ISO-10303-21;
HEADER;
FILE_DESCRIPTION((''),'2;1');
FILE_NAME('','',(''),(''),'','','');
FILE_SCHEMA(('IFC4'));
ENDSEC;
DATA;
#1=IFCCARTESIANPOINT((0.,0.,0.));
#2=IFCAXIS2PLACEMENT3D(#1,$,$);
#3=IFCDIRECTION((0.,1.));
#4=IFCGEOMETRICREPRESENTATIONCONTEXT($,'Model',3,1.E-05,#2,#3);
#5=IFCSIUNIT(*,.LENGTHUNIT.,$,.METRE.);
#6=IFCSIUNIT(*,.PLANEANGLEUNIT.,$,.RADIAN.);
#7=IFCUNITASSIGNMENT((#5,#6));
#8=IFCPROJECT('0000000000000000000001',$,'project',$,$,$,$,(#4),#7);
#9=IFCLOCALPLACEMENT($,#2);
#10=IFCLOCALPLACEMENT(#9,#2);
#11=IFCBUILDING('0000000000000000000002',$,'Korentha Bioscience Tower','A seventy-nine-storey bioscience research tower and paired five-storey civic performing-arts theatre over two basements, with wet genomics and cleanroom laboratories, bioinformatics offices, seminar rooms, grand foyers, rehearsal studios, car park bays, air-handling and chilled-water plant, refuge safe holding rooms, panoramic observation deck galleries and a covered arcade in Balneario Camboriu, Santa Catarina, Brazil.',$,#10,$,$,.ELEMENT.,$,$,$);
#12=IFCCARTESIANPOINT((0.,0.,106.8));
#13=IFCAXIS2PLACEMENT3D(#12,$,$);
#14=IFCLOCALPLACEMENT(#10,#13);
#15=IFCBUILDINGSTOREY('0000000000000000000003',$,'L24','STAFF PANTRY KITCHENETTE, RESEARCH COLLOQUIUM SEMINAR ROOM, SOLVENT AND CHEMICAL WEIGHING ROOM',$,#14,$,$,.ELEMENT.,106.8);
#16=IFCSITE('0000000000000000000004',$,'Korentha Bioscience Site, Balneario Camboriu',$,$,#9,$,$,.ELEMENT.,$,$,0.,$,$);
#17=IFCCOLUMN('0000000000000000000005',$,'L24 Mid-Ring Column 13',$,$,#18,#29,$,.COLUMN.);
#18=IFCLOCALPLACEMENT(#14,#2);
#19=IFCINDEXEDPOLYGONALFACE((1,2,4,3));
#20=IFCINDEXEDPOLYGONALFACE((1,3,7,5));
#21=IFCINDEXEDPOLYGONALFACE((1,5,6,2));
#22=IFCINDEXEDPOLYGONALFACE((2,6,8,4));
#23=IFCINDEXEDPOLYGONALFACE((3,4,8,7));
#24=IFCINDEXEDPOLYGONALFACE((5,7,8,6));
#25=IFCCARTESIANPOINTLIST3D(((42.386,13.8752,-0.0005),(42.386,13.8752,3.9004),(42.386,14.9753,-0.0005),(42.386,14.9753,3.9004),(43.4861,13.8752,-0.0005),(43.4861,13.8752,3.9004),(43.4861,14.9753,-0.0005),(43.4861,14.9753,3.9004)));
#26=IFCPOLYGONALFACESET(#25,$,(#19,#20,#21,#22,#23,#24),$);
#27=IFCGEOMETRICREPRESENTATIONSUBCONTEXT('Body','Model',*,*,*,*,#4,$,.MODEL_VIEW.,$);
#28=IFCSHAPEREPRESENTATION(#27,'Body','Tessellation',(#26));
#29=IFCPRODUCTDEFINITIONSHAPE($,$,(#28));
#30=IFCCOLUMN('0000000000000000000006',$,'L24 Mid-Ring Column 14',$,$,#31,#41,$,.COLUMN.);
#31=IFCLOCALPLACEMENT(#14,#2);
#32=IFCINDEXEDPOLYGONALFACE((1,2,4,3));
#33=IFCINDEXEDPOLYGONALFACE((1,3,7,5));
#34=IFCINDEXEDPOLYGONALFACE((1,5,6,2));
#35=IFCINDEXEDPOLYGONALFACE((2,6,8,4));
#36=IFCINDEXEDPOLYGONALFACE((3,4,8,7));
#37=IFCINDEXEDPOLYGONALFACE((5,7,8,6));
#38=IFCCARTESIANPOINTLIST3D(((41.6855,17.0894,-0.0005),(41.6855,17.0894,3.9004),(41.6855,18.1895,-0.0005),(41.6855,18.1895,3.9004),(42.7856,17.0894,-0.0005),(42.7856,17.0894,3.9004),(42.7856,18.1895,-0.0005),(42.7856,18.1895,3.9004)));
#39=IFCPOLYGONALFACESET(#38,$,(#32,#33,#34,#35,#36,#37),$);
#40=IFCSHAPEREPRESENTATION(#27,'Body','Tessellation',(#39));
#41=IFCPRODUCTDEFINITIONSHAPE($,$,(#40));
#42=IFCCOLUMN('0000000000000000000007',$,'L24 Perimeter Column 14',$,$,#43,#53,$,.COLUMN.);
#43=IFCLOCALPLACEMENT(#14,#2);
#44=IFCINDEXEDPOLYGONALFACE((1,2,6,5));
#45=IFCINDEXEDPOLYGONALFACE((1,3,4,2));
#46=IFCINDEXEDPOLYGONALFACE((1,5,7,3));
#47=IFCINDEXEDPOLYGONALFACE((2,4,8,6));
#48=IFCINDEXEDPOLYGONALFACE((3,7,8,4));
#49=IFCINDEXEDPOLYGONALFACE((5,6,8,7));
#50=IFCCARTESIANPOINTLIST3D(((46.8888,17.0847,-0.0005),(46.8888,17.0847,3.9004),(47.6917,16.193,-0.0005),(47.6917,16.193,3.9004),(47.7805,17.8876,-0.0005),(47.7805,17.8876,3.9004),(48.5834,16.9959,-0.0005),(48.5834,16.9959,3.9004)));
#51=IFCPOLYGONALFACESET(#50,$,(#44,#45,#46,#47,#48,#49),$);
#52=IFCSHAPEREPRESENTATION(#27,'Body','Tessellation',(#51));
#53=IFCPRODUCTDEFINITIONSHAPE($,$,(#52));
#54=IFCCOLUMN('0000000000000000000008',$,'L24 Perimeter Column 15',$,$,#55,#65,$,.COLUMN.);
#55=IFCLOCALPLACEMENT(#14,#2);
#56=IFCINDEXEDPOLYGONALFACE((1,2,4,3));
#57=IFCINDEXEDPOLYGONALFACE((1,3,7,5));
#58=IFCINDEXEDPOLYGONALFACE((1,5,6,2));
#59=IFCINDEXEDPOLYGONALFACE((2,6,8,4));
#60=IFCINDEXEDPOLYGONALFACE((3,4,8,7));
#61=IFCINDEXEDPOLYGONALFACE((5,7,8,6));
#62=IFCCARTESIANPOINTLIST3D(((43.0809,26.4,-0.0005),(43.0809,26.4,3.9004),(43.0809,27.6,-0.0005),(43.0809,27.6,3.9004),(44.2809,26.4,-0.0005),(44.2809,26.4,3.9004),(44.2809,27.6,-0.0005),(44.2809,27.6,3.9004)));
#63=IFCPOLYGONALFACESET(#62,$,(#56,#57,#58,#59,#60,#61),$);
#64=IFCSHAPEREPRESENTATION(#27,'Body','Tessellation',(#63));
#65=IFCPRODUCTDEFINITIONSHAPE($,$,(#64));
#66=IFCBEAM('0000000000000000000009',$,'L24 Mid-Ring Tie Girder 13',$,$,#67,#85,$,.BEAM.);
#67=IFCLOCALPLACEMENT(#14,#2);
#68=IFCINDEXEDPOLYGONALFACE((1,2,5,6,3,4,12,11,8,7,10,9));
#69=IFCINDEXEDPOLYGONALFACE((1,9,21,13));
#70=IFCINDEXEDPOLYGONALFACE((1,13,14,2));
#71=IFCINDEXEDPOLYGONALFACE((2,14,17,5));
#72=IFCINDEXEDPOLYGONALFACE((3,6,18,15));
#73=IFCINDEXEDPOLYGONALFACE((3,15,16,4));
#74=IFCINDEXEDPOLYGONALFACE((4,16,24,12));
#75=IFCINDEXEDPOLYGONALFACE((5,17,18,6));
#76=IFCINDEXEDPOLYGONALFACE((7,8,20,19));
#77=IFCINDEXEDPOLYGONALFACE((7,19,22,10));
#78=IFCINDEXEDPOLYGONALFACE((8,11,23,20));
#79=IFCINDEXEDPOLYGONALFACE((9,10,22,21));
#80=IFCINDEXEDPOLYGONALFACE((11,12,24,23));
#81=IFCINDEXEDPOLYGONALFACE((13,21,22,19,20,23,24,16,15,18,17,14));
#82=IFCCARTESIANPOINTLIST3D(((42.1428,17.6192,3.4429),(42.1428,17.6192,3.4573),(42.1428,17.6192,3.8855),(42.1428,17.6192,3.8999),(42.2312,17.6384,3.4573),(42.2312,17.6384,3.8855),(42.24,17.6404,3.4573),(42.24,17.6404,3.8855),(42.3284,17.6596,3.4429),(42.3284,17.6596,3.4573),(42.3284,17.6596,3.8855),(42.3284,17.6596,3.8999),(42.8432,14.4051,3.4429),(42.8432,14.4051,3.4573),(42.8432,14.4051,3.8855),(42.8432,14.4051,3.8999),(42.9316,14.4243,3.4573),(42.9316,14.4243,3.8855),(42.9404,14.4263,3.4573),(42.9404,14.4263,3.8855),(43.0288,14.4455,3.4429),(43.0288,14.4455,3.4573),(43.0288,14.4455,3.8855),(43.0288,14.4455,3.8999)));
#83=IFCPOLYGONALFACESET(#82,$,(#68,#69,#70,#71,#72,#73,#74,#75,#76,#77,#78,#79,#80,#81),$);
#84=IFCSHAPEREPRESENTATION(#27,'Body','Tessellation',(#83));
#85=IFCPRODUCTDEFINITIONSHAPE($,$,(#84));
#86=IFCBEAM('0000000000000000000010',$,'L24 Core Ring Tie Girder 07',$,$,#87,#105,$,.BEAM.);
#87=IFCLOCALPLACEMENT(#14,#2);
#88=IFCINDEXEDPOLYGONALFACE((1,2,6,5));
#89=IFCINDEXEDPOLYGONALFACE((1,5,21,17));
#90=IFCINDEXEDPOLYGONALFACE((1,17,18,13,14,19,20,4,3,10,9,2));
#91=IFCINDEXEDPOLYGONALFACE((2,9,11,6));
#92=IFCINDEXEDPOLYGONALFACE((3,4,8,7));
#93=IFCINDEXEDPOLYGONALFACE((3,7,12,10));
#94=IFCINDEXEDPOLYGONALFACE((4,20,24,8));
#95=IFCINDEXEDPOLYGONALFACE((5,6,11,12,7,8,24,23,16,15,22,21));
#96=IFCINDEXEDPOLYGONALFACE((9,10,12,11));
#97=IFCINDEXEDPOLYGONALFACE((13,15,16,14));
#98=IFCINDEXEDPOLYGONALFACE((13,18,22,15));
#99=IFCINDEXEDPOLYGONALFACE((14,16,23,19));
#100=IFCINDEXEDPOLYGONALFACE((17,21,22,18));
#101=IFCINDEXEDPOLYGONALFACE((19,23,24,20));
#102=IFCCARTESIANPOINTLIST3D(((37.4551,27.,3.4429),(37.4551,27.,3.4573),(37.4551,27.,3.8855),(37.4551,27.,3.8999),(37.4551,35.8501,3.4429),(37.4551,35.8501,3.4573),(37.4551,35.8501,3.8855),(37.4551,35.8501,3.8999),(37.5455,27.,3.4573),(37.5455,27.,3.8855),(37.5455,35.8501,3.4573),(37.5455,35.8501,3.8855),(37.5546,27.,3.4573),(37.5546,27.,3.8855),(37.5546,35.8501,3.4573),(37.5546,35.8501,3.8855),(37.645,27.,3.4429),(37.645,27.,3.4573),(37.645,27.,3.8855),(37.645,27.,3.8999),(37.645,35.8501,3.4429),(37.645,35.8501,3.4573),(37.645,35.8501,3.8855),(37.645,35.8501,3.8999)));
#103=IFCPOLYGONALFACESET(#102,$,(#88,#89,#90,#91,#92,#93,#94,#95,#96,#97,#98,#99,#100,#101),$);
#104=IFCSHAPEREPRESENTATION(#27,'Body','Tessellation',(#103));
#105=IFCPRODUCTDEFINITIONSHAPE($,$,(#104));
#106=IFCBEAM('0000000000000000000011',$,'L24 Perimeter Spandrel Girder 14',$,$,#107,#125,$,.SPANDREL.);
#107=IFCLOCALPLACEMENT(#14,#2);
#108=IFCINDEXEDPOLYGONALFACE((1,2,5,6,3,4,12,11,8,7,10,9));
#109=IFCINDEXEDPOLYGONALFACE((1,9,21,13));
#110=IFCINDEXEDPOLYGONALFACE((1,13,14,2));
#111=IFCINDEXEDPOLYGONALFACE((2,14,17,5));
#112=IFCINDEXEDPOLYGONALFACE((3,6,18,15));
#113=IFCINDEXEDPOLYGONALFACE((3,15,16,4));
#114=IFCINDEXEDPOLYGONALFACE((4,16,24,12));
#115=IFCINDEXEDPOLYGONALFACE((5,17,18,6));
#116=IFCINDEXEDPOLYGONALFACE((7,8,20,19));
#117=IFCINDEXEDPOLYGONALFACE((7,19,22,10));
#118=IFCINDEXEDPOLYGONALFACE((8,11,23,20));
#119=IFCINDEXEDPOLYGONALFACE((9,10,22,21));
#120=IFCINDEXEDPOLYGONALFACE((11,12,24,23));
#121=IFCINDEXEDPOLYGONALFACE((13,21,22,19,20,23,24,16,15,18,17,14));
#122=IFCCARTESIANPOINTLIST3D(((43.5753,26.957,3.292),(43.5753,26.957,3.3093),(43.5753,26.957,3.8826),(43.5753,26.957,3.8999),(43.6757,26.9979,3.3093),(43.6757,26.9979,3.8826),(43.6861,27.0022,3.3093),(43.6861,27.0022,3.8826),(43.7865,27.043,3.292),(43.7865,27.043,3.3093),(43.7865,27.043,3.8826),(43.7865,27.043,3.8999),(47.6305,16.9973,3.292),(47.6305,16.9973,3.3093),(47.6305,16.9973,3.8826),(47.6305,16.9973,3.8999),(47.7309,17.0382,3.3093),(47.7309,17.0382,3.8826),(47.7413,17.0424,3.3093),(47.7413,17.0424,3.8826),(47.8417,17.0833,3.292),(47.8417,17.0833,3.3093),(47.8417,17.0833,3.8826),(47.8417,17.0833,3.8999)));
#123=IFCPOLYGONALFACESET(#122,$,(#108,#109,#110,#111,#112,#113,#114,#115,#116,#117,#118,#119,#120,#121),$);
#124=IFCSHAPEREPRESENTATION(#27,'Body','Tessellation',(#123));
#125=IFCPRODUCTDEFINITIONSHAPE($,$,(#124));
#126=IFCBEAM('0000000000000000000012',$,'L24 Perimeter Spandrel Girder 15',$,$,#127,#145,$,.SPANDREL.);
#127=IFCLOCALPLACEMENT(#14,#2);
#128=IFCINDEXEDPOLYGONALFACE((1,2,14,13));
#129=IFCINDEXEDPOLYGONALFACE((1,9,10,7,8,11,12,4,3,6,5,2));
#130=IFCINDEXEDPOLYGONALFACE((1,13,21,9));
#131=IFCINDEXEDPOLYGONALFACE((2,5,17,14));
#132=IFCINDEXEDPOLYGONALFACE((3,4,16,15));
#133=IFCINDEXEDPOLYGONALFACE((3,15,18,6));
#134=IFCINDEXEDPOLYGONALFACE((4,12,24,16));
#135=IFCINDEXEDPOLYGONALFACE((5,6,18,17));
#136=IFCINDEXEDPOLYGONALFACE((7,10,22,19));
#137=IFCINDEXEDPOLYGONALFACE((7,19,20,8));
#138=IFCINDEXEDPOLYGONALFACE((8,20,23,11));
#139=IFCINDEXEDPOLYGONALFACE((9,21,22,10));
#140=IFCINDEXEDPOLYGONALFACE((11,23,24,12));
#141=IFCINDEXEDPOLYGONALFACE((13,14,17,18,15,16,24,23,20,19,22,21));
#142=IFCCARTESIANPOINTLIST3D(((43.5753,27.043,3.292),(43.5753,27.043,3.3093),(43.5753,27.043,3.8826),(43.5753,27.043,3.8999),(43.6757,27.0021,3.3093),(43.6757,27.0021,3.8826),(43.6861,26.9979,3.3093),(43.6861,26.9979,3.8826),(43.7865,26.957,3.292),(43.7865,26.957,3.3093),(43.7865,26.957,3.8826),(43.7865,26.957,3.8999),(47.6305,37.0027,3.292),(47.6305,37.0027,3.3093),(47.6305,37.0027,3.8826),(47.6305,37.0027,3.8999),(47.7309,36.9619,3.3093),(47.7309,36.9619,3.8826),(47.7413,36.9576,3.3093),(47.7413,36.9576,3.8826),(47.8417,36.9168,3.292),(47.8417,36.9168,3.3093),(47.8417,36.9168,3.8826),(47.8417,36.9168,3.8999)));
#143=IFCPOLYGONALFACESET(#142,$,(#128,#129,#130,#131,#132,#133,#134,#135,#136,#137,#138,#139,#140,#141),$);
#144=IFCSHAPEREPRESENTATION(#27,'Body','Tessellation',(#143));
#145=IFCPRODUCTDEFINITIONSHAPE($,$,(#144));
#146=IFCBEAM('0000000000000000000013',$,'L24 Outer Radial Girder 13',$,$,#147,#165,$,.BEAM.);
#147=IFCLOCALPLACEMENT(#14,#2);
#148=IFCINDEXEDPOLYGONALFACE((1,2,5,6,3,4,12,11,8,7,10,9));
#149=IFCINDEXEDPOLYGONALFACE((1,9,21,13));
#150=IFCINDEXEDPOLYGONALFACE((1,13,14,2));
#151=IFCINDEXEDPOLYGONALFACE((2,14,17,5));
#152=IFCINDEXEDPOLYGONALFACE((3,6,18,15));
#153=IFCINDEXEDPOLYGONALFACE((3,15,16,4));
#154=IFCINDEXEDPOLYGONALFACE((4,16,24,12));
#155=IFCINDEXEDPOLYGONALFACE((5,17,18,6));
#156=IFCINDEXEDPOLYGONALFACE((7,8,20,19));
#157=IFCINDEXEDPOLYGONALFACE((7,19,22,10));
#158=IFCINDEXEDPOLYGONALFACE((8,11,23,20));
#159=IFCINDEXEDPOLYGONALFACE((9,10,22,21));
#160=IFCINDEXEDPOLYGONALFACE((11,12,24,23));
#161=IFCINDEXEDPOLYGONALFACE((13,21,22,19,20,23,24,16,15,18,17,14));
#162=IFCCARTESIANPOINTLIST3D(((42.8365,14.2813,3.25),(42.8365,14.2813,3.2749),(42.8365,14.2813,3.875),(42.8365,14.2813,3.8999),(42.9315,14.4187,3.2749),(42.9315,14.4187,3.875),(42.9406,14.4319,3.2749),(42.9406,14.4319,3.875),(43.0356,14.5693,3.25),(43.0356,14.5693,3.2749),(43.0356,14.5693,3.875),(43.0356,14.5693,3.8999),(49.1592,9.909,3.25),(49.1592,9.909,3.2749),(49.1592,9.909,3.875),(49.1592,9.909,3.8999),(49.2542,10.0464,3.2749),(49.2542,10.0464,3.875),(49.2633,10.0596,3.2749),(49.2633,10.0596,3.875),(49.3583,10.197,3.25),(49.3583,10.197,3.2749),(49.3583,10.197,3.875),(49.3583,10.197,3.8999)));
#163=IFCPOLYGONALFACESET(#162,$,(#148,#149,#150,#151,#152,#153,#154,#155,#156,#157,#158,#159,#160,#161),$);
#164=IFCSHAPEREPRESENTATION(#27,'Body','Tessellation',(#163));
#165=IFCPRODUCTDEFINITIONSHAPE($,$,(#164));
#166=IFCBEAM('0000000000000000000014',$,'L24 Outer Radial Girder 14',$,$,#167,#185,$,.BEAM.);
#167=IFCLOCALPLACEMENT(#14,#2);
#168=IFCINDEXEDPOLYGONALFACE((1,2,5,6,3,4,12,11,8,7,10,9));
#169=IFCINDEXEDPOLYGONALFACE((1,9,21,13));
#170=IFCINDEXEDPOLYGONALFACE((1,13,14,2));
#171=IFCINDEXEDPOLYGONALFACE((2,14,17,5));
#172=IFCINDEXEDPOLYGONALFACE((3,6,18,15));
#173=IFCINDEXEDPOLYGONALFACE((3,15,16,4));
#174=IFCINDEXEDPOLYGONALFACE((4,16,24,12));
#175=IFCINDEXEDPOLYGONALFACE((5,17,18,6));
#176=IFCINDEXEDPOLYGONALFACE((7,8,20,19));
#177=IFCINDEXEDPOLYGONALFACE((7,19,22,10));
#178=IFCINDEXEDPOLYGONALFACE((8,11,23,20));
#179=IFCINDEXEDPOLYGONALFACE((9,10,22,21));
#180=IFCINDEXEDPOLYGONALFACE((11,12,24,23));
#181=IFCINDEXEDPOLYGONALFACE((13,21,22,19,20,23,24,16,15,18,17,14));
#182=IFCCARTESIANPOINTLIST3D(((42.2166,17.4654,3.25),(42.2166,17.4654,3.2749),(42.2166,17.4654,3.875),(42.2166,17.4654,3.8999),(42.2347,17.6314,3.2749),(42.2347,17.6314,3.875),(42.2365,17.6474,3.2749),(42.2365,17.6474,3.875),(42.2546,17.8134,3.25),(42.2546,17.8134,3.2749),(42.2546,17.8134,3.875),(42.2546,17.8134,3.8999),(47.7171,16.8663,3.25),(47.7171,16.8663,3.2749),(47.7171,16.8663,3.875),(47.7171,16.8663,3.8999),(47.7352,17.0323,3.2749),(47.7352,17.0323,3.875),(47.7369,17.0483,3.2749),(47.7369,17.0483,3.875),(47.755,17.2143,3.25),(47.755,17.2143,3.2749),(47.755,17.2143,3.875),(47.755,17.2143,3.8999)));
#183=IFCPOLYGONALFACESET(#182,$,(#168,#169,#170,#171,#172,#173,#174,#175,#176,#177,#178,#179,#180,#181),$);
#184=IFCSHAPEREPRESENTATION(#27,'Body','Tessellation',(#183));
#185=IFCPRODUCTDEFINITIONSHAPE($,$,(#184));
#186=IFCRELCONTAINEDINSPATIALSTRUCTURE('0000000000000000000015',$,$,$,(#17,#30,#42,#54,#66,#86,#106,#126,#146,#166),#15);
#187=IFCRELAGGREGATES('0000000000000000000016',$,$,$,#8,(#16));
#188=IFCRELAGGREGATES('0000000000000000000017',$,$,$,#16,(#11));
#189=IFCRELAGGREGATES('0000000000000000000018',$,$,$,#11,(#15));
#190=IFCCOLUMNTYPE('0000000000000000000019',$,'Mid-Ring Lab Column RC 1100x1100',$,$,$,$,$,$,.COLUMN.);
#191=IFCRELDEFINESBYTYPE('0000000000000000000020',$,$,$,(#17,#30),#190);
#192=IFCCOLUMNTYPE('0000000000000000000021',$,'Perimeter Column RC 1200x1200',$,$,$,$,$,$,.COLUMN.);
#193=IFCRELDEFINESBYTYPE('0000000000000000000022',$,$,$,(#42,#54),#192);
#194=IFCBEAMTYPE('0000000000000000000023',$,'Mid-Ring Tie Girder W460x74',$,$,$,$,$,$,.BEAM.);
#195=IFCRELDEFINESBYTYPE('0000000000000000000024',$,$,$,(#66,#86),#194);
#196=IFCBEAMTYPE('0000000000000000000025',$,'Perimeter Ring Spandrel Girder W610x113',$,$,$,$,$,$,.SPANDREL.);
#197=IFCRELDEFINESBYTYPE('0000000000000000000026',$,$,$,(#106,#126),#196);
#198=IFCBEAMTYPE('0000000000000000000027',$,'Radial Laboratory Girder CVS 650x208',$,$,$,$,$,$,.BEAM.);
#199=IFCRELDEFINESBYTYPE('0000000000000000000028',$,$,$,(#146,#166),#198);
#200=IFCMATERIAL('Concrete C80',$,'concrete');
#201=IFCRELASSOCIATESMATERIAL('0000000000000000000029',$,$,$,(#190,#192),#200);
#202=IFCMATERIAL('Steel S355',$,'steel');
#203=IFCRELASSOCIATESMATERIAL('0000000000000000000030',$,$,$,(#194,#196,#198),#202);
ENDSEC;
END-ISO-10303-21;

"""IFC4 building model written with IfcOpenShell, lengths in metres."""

from ifc_helpers import new_model, si_unit, direction, frame, origin, origin_2d, place, context, subcontext, project, spatial, rectangle, i_section, extrude, material, material_profile, profile_set, type_object, element, save


model = new_model("IFC4")

# Units and contexts
model_context = context("Model", 3, precision=1e-05, world=origin(), true_north=direction((0.0, 1.0)))
body_context = subcontext(model_context, "Body", "Model", "MODEL_VIEW")
ifc_project = project(units=[si_unit("LENGTHUNIT", "METRE"), si_unit("PLANEANGLEUNIT", "RADIAN")], contexts=[model_context])

# Site, building, storey
site_placement = place(None, origin())
site = spatial("IfcSite", under=ifc_project, at=site_placement, Name="Korentha Bioscience Site, Balneario Camboriu", CompositionType="ELEMENT", RefElevation=0.0)
building_placement = place(site_placement, origin())
building = spatial("IfcBuilding", under=site, at=building_placement, Name="Korentha Bioscience Tower", Description="A seventy-nine-storey bioscience research tower and paired five-storey civic performing-arts theatre over two basements, with wet genomics and cleanroom laboratories, bioinformatics offices, seminar rooms, grand foyers, rehearsal studios, car park bays, air-handling and chilled-water plant, refuge safe holding rooms, panoramic observation deck galleries and a covered arcade in Balneario Camboriu, Santa Catarina, Brazil.", CompositionType="ELEMENT")
storey_placement = place(building_placement, frame((0.0, 0.0, 106.8)))
storey = spatial("IfcBuildingStorey", under=building, at=storey_placement, Name="L24", Description="STAFF PANTRY KITCHENETTE, RESEARCH COLLOQUIUM SEMINAR ROOM, SOLVENT AND CHEMICAL WEIGHING ROOM", CompositionType="ELEMENT", Elevation=106.8)

# Columns
ifc_material_1 = material(Name="Concrete C80", Category="concrete")
ifc_material_profile_1 = material_profile(ifc_material_1, rectangle(XDim=1.1001, YDim=1.1001, at=origin_2d()), Name="Concrete C80")
ifc_profile_set_1 = profile_set([ifc_material_profile_1], Name="Concrete C80 (COL-MR11)")
column_type_1 = type_object("IfcColumnType", Name="Mid-Ring Lab Column RC 1100x1100", PredefinedType="COLUMN", material=ifc_profile_set_1)
for number, where, z_axis, x_axis, name in (
    (1, (42.936, 14.4253, -0.0005), (0.0, 0.0, 1.0), (1.0, 0.0, 0.0), "L24 Mid-Ring Column 13"),
    (2, (42.2356, 17.6394, -0.0005), (0.0, 0.0, 1.0), (1.0, 0.0, 0.0), "L24 Mid-Ring Column 14"),
):
    element("IfcColumn", number, at=place(storey_placement, frame(where, z_axis=z_axis, x_axis=x_axis)), inside=storey, type_object=column_type_1, Name=name, PredefinedType="COLUMN", context=body_context, shape_type="SweptSolid", body=[
        extrude(rectangle(XDim=1.1001, YDim=1.1001, at=origin_2d()), origin(), (0.0, 0.0, 1.0), 3.9009),
    ])
ifc_material_profile_2 = material_profile(ifc_material_1, rectangle(XDim=1.2, YDim=1.2, at=origin_2d()), Name="Concrete C80")
ifc_profile_set_2 = profile_set([ifc_material_profile_2], Name="Concrete C80 (COL-P12)")
column_type_2 = type_object("IfcColumnType", Name="Perimeter Column RC 1200x1200", PredefinedType="COLUMN", material=ifc_profile_set_2)
for number, where, z_axis, x_axis, name in (
    (3, (47.7361, 17.0403, -0.0005), (0.0, 0.0, 1.0), (-0.669131, 0.743145, 0.0), "L24 Perimeter Column 14"),
    (4, (43.6809, 27.0, -0.0005), (0.0, 0.0, 1.0), (0.0, 1.0, 0.0), "L24 Perimeter Column 15"),
):
    element("IfcColumn", number, at=place(storey_placement, frame(where, z_axis=z_axis, x_axis=x_axis)), inside=storey, type_object=column_type_2, Name=name, PredefinedType="COLUMN", context=body_context, shape_type="SweptSolid", body=[
        extrude(rectangle(XDim=1.2, YDim=1.2, at=origin_2d()), origin(), (0.0, 0.0, 1.0), 3.9009),
    ])

# Beams
ifc_material_2 = material(Name="Steel S355", Category="steel")
ifc_material_profile_3 = material_profile(ifc_material_2, i_section(OverallWidth=0.1899, OverallDepth=0.457, WebThickness=0.009, FlangeThickness=0.0144, at=origin_2d()), Name="Steel S355")
ifc_profile_set_3 = profile_set([ifc_material_profile_3], Name="Steel S355 (MB-460)")
beam_type_1 = type_object("IfcBeamType", Name="Mid-Ring Tie Girder W460x74", PredefinedType="BEAM", material=ifc_profile_set_3)
beam_1_placement = place(storey_placement, frame((42.936, 14.4253, 3.6714), z_axis=(-0.212929, 0.977068, 0.0), x_axis=(-0.977068, -0.212929, 0.0)))
element("IfcBeam", 5, at=beam_1_placement, inside=storey, type_object=beam_type_1, Name="L24 Mid-Ring Tie Girder 13", PredefinedType="BEAM", context=body_context, shape_type="SweptSolid", body=[
    extrude(i_section(OverallWidth=0.1899, OverallDepth=0.457, WebThickness=0.009, FlangeThickness=0.0144, at=origin_2d()), origin(), (0.0, 0.0, 1.0), 3.2896),
])
beam_2_placement = place(storey_placement, frame((37.55, 27.0, 3.6714), z_axis=(0.0, 1.0, 0.0), x_axis=(-1.0, 0.0, 0.0)))
element("IfcBeam", 6, at=beam_2_placement, inside=storey, type_object=beam_type_1, Name="L24 Core Ring Tie Girder 07", PredefinedType="BEAM", context=body_context, shape_type="SweptSolid", body=[
    extrude(i_section(OverallWidth=0.1899, OverallDepth=0.457, WebThickness=0.009, FlangeThickness=0.0144, at=origin_2d()), origin(), (0.0, 0.0, 1.0), 8.8501),
])
ifc_material_profile_4 = material_profile(ifc_material_2, i_section(OverallWidth=0.228, OverallDepth=0.6079, WebThickness=0.0112, FlangeThickness=0.0173, at=origin_2d()), Name="Steel S355")
ifc_profile_set_4 = profile_set([ifc_material_profile_4], Name="Steel S355 (SB-610)")
beam_type_2 = type_object("IfcBeamType", Name="Perimeter Ring Spandrel Girder W610x113", PredefinedType="SPANDREL", material=ifc_profile_set_4)
for number, where, z_axis, x_axis, name in (
    (7, (47.7361, 17.0403, 3.5959), (-0.377099, 0.926173, 0.0), (-0.926173, -0.377099, 0.0), "L24 Perimeter Spandrel Girder 14"),
    (8, (43.6809, 27.0, 3.5959), (0.377099, 0.926173, 0.0), (-0.926173, 0.377099, 0.0), "L24 Perimeter Spandrel Girder 15"),
):
    element("IfcBeam", number, at=place(storey_placement, frame(where, z_axis=z_axis, x_axis=x_axis)), inside=storey, type_object=beam_type_2, Name=name, PredefinedType="SPANDREL", context=body_context, shape_type="SweptSolid", body=[
        extrude(i_section(OverallWidth=0.228, OverallDepth=0.6079, WebThickness=0.0112, FlangeThickness=0.0173, at=origin_2d()), origin(), (0.0, 0.0, 1.0), 10.7537),
    ])
ifc_material_profile_5 = material_profile(ifc_material_2, i_section(OverallWidth=0.3501, OverallDepth=0.6499, WebThickness=0.0161, FlangeThickness=0.0249, at=origin_2d()), Name="Steel S355")
ifc_profile_set_5 = profile_set([ifc_material_profile_5], Name="Steel S355 (RB-650)")
beam_type_3 = type_object("IfcBeamType", Name="Radial Laboratory Girder CVS 650x208", PredefinedType="BEAM", material=ifc_profile_set_5)
beam_3_placement = place(storey_placement, frame((42.936, 14.4253, 3.575), z_axis=(0.822495, -0.568772, 0.0), x_axis=(0.568772, 0.822495, 0.0)))
element("IfcBeam", 9, at=beam_3_placement, inside=storey, type_object=beam_type_3, Name="L24 Outer Radial Girder 13", PredefinedType="BEAM", context=body_context, shape_type="SweptSolid", body=[
    extrude(i_section(OverallWidth=0.3501, OverallDepth=0.6499, WebThickness=0.0161, FlangeThickness=0.0249, at=origin_2d()), origin(), (0.0, 0.0, 1.0), 7.6873),
])
beam_4_placement = place(storey_placement, frame((42.2356, 17.6394, 3.575), z_axis=(0.99412, -0.108281, 0.0), x_axis=(0.108281, 0.99412, 0.0)))
element("IfcBeam", 10, at=beam_4_placement, inside=storey, type_object=beam_type_3, Name="L24 Outer Radial Girder 14", PredefinedType="BEAM", context=body_context, shape_type="SweptSolid", body=[
    extrude(i_section(OverallWidth=0.3501, OverallDepth=0.6499, WebThickness=0.0161, FlangeThickness=0.0249, at=origin_2d()), origin(), (0.0, 0.0, 1.0), 5.533),
])

save(model, "model.ifc")
